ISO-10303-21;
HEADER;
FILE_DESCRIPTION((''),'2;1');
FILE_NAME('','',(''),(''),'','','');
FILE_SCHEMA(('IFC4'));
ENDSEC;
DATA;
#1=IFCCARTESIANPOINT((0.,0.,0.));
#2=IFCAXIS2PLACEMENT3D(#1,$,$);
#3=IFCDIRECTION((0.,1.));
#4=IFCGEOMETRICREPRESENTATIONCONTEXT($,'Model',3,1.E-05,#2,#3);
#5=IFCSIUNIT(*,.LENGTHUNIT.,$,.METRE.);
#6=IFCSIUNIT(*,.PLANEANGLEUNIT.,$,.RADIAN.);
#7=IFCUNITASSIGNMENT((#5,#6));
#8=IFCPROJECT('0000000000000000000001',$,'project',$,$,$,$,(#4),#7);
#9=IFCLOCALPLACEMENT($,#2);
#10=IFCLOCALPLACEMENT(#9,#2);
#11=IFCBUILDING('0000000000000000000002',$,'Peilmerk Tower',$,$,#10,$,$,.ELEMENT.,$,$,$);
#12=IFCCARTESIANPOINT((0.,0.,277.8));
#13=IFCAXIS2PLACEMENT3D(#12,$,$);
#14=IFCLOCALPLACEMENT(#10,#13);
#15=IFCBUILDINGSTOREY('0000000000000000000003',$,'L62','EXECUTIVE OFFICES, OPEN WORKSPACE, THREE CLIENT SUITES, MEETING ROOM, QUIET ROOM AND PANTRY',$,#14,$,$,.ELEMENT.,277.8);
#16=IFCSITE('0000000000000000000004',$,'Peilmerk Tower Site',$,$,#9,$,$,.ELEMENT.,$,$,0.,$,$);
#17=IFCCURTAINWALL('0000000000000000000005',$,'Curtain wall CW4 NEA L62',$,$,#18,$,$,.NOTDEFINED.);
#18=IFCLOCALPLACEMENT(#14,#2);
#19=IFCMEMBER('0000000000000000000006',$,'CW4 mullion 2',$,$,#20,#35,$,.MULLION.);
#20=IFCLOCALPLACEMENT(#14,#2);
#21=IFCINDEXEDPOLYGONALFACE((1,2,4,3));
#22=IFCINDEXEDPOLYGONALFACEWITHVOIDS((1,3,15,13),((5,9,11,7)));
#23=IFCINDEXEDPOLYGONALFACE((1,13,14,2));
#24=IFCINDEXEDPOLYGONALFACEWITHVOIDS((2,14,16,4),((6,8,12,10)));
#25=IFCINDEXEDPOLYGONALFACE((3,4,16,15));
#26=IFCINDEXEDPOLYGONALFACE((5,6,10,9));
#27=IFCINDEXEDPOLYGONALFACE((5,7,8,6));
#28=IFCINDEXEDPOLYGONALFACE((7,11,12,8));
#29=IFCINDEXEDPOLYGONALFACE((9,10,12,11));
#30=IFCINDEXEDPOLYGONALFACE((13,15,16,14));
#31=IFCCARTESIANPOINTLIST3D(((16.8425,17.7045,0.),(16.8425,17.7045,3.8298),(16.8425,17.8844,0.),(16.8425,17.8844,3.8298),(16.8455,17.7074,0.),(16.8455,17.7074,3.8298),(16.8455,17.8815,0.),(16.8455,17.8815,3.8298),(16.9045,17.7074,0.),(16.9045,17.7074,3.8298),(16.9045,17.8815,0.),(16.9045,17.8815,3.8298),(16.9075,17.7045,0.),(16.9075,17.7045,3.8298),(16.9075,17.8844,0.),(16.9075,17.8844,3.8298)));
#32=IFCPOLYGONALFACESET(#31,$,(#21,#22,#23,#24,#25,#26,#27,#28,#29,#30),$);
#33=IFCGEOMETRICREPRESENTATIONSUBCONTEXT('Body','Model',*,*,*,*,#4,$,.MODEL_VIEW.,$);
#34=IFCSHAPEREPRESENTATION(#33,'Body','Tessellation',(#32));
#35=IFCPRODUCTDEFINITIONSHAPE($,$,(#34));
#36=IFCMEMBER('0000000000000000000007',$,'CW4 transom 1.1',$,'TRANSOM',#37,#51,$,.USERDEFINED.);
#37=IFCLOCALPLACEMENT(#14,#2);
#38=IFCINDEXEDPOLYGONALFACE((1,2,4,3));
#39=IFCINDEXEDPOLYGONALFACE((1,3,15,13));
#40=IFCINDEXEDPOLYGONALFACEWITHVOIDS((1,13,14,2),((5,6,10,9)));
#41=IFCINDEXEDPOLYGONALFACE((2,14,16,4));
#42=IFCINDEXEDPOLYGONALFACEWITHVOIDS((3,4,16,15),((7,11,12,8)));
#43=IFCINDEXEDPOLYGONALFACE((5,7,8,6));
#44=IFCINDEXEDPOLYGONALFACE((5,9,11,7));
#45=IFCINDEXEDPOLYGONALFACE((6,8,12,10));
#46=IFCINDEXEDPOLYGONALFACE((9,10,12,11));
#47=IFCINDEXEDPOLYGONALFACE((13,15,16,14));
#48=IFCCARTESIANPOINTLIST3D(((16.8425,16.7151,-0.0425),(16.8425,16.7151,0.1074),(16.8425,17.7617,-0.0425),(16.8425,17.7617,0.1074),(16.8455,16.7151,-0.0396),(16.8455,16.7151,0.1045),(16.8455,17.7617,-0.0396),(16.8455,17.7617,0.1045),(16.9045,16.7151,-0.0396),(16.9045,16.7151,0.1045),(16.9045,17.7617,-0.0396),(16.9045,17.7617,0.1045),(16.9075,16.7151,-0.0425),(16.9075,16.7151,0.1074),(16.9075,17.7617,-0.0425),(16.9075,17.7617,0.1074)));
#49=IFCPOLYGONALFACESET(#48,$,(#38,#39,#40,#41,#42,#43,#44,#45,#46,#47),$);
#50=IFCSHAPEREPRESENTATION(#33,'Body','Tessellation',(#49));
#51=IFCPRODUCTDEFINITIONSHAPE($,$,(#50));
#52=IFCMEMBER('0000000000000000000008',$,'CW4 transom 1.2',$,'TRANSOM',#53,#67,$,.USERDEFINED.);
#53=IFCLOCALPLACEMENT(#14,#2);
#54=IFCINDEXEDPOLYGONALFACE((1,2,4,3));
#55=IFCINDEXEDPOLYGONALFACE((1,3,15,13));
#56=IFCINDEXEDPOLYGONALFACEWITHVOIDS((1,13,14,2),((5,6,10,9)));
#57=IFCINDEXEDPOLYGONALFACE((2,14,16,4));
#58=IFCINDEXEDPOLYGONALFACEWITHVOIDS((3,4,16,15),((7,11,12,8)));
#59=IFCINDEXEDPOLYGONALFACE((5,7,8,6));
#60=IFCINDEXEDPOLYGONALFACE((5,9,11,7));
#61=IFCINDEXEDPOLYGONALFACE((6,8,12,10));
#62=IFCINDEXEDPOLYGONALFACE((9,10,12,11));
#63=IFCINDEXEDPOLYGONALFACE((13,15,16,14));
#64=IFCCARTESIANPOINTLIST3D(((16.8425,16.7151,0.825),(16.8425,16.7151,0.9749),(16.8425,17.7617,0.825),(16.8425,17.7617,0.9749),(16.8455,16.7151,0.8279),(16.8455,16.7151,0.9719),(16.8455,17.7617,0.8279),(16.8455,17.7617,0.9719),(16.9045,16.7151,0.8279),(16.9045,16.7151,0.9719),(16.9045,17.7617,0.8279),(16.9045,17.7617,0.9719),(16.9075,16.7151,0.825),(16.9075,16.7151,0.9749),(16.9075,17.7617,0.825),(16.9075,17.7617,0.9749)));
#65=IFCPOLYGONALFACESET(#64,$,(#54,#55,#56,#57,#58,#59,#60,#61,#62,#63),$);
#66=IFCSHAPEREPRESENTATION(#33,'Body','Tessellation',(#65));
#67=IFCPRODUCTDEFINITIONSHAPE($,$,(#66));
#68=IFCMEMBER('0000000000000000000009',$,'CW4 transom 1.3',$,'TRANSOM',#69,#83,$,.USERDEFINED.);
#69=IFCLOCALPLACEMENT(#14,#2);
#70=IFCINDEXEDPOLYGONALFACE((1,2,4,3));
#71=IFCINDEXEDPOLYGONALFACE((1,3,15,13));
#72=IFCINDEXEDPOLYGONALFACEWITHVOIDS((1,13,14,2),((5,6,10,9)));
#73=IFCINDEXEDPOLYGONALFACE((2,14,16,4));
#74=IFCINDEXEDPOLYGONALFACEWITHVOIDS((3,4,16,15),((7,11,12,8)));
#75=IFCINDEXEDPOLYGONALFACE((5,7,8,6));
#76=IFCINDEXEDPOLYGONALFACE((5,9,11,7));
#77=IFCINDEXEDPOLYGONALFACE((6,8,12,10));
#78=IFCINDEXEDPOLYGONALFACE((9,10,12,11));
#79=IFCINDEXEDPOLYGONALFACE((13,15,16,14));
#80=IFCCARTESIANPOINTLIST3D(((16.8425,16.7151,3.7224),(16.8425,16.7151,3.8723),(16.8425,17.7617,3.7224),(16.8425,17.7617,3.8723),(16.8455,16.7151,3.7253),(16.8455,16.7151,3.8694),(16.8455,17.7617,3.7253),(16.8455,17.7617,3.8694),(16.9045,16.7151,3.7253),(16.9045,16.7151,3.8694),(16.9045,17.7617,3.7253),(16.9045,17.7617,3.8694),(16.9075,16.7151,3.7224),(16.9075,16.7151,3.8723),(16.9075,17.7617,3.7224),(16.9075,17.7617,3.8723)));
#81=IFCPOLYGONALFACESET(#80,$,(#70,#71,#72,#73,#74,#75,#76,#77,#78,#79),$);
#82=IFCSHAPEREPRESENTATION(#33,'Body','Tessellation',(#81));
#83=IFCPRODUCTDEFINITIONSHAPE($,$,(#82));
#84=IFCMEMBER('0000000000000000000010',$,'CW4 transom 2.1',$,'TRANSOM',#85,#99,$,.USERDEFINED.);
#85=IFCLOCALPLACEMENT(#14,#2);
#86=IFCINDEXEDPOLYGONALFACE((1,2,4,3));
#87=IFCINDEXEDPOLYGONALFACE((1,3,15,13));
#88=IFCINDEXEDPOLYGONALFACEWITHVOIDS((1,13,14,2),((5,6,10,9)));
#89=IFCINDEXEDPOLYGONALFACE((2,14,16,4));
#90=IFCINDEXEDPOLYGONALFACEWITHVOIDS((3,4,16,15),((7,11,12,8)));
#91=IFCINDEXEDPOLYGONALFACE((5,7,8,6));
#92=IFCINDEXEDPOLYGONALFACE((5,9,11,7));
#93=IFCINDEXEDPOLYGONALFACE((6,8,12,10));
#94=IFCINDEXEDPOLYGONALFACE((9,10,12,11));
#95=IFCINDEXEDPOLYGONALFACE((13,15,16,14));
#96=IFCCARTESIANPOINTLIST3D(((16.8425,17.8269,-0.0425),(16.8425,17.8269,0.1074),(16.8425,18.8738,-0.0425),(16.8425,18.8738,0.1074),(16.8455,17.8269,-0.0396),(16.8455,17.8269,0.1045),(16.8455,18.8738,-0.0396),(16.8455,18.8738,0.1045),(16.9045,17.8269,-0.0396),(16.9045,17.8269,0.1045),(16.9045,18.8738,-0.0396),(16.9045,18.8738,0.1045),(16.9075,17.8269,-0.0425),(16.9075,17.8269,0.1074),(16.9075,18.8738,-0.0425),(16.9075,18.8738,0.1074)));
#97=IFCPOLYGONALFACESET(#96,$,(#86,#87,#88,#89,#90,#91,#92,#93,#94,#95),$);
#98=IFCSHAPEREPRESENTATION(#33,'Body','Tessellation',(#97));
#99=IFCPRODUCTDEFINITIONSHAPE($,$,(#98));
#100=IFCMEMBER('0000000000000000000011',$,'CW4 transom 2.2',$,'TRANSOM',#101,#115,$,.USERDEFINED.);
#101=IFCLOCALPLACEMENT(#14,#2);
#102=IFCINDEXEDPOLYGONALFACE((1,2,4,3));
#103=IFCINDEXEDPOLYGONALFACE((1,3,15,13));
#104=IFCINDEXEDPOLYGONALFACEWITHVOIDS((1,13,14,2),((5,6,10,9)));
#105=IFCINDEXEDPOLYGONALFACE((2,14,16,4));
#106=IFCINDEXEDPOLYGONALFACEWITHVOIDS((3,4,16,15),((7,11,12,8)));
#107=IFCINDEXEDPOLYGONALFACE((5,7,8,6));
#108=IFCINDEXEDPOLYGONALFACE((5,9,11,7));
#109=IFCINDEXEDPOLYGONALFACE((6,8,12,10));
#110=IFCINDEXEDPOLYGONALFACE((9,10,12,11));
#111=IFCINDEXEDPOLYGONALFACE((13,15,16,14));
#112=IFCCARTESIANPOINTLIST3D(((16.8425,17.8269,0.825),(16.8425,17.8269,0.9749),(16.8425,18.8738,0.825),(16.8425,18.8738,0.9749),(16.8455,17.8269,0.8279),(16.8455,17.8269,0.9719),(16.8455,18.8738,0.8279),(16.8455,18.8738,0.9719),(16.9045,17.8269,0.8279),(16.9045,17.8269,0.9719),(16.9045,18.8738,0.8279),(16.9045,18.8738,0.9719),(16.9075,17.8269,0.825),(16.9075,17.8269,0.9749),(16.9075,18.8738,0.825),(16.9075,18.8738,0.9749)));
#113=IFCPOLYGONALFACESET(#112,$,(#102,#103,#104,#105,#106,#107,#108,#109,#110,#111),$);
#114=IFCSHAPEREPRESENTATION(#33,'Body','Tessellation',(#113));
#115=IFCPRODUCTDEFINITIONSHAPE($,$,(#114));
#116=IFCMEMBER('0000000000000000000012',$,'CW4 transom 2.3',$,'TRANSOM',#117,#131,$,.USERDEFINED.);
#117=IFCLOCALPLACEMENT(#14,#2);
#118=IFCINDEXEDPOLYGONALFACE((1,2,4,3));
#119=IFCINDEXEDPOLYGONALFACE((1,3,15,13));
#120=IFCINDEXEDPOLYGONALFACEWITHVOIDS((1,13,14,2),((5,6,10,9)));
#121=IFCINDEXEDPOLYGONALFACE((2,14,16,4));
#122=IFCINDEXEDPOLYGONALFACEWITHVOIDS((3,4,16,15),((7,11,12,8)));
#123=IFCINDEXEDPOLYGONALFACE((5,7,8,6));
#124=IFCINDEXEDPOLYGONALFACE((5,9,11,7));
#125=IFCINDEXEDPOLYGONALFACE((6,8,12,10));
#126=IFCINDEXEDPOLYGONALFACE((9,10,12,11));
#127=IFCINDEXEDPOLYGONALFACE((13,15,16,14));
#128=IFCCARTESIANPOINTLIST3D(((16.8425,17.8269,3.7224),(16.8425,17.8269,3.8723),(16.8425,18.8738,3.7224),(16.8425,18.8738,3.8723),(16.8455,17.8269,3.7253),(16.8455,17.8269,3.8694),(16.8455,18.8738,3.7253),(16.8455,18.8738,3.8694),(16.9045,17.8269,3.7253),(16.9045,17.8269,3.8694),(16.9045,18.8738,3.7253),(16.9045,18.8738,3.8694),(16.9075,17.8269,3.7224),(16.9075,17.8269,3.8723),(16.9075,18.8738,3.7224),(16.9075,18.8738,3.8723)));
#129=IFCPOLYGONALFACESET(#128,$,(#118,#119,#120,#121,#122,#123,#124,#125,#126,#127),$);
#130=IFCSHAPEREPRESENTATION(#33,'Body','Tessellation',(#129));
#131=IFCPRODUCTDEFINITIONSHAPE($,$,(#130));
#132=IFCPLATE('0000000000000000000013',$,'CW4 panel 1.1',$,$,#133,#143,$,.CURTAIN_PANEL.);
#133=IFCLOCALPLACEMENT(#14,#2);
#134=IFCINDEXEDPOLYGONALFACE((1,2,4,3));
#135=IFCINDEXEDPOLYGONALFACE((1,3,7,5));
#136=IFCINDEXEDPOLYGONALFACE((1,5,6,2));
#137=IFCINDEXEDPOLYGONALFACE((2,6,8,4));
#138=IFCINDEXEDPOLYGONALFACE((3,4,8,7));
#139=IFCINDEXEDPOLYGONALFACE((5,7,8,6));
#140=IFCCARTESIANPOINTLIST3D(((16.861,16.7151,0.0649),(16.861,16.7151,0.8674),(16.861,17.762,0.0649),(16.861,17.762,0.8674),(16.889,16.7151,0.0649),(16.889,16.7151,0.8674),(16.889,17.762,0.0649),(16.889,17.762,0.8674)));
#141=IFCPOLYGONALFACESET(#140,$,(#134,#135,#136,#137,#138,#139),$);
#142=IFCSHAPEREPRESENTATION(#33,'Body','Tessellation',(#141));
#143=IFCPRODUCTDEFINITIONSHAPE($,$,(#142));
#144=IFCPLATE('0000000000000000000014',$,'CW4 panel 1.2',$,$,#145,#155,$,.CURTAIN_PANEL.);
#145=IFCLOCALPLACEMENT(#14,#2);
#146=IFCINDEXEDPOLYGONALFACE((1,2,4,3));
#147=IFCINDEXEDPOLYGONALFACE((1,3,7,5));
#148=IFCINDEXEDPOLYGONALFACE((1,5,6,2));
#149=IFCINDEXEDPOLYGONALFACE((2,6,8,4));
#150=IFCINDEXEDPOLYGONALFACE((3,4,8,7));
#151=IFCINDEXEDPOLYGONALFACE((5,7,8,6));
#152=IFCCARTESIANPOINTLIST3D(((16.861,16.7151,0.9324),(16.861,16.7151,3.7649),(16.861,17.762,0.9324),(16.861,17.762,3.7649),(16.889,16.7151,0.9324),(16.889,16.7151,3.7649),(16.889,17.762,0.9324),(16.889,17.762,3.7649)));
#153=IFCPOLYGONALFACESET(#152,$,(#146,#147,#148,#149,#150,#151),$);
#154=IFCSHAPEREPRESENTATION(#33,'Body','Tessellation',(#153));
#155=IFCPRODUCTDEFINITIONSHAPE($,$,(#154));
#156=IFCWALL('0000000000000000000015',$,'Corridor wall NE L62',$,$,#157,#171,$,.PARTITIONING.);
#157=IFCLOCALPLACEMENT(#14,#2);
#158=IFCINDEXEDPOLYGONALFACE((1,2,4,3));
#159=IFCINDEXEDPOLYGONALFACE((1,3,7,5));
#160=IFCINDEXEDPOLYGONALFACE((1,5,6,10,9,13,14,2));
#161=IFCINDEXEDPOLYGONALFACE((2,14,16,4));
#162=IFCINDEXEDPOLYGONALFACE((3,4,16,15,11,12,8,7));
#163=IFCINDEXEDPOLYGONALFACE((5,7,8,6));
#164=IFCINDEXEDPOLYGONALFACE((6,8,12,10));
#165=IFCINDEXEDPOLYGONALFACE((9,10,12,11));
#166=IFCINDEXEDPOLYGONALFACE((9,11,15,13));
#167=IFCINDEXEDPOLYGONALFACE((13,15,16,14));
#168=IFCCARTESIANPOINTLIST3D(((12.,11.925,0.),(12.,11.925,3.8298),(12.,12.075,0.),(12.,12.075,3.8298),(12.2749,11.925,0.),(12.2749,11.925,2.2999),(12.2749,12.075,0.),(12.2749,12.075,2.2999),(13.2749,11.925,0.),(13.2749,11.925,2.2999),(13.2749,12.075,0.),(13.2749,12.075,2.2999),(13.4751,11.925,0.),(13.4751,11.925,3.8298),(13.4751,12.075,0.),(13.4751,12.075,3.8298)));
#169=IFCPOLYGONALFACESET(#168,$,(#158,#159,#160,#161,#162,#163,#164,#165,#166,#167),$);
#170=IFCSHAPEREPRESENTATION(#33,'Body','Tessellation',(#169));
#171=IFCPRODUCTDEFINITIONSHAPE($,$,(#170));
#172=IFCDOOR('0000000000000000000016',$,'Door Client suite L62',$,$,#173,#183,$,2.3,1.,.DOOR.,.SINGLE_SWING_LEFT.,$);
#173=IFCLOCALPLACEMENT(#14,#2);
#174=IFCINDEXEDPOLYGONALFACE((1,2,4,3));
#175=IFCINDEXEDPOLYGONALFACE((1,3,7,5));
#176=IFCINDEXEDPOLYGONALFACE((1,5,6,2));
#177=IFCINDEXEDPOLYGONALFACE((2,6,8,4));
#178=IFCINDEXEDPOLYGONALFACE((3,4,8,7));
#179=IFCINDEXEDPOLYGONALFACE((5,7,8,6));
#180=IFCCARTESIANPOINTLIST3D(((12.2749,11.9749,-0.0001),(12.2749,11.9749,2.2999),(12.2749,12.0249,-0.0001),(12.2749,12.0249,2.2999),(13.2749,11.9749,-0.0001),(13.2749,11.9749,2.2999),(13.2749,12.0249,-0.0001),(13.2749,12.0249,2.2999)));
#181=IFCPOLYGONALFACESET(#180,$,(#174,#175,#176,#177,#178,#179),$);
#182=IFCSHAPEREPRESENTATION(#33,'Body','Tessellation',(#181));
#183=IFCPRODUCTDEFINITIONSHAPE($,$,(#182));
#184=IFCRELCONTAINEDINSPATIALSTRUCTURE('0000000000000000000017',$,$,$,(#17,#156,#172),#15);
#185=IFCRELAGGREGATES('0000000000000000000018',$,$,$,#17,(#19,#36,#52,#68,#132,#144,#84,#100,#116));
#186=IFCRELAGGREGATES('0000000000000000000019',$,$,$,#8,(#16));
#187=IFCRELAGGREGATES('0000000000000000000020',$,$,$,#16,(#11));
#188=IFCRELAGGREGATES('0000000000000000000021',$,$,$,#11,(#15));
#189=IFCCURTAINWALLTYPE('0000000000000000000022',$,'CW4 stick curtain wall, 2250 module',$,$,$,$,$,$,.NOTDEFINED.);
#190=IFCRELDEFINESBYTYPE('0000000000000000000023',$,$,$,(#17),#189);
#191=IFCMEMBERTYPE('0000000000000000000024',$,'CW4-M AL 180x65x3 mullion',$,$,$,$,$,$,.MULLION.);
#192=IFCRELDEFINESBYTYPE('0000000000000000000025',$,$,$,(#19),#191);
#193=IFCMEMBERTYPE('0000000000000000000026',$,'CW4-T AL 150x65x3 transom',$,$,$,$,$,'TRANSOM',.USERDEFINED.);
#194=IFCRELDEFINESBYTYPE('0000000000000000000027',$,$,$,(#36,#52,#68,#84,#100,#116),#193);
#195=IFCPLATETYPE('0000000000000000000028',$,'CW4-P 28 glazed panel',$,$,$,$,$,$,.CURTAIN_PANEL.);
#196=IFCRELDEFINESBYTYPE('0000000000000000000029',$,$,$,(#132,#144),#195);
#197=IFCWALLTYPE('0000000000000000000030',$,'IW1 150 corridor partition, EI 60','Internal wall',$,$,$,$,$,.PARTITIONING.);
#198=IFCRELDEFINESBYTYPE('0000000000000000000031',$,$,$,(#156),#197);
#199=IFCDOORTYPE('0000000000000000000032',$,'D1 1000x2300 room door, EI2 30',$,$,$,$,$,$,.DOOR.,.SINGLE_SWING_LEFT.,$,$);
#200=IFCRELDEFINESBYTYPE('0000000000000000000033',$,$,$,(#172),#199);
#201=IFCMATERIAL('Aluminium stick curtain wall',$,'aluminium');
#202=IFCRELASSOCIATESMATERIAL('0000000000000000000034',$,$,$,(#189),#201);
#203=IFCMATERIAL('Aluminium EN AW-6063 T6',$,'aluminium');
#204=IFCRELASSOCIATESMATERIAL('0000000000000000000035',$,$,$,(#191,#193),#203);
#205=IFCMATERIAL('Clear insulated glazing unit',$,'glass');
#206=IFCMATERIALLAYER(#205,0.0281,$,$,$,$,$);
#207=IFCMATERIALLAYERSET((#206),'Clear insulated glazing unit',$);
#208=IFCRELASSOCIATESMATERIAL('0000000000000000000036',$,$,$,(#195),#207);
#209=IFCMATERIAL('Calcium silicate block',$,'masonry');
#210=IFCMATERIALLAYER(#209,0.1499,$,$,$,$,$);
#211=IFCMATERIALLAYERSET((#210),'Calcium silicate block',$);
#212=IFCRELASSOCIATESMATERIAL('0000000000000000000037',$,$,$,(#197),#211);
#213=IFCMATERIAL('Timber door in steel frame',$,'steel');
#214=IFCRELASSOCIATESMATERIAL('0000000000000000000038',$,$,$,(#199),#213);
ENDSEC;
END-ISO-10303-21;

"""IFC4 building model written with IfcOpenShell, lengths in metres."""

from ifc_helpers import new_model, si_unit, direction, frame, frame_2d, origin, origin_2d, place, context, subcontext, project, spatial, rectangle, hollow_rectangle, extrude, material, layer, layer_set, material_profile, profile_set, type_object, element, fill, aggregate, save


model = new_model("IFC4")

# Units and contexts
model_context = context("Model", 3, precision=1e-05, world=origin(), true_north=direction((0.0, 1.0)))
body_context = subcontext(model_context, "Body", "Model", "MODEL_VIEW")
ifc_project = project(units=[si_unit("LENGTHUNIT", "METRE"), si_unit("PLANEANGLEUNIT", "RADIAN")], contexts=[model_context])

# Site, building, storey
site_placement = place(None, origin())
site = spatial("IfcSite", under=ifc_project, at=site_placement, Name="Peilmerk Tower Site", CompositionType="ELEMENT", RefElevation=0.0)
building_placement = place(site_placement, origin())
building = spatial("IfcBuilding", under=site, at=building_placement, Name="Peilmerk Tower", CompositionType="ELEMENT")
storey_placement = place(building_placement, frame((0.0, 0.0, 277.8)))
storey = spatial("IfcBuildingStorey", under=building, at=storey_placement, Name="L62", Description="EXECUTIVE OFFICES, OPEN WORKSPACE, THREE CLIENT SUITES, MEETING ROOM, QUIET ROOM AND PANTRY", CompositionType="ELEMENT", Elevation=277.8)

# Curtain wall, members, plates
ifc_material_1 = material(Name="Aluminium stick curtain wall", Category="aluminium")
curtain_wall_type = type_object("IfcCurtainWallType", Name="CW4 stick curtain wall, 2250 module", PredefinedType="NOTDEFINED", material=ifc_material_1)
curtain_wall_placement = place(storey_placement, origin())
curtain_wall = element("IfcCurtainWall", 1, at=curtain_wall_placement, inside=storey, type_object=curtain_wall_type, Name="Curtain wall CW4 NEA L62", PredefinedType="NOTDEFINED")
ifc_material_2 = material(Name="Aluminium EN AW-6063 T6", Category="aluminium")
ifc_material_profile_1 = material_profile(ifc_material_2, hollow_rectangle(XDim=0.0649, YDim=0.1799, WallThickness=0.0029, at=origin_2d()), Name="AL 180x65x3")
ifc_profile_set_1 = profile_set([ifc_material_profile_1], Name="Aluminium EN AW-6063 T6")
member_type_1 = type_object("IfcMemberType", Name="CW4-M AL 180x65x3 mullion", PredefinedType="MULLION", material=ifc_profile_set_1)
member_1_placement = place(storey_placement, frame((16.875, 17.7944, 0.0), z_axis=(0.0, 0.0, 1.0), x_axis=(-1.0, 0.0, 0.0)))
member_1 = element("IfcMember", 2, at=member_1_placement, type_object=member_type_1, Name="CW4 mullion 2", PredefinedType="MULLION", context=body_context, shape_type="SweptSolid", body=[
    extrude(hollow_rectangle(XDim=0.0649, YDim=0.1799, WallThickness=0.0029, at=origin_2d()), origin(), (0.0, 0.0, 1.0), 3.8298),
])
ifc_material_profile_2 = material_profile(ifc_material_2, hollow_rectangle(XDim=0.0649, YDim=0.1499, WallThickness=0.0029, at=origin_2d()), Name="AL 150x65x3")
ifc_profile_set_2 = profile_set([ifc_material_profile_2], Name="Aluminium EN AW-6063 T6")
member_type_2 = type_object("IfcMemberType", Name="CW4-T AL 150x65x3 transom", ElementType="TRANSOM", PredefinedType="USERDEFINED", material=ifc_profile_set_2)
member_2_placement = place(storey_placement, frame((16.875, 16.7151, 0.0325), z_axis=(0.0, 1.0, 0.0), x_axis=(-1.0, 0.0, 0.0)))
member_2 = element("IfcMember", 3, at=member_2_placement, type_object=member_type_2, Name="CW4 transom 1.1", ObjectType="TRANSOM", PredefinedType="USERDEFINED", context=body_context, shape_type="SweptSolid", body=[
    extrude(hollow_rectangle(XDim=0.0649, YDim=0.1499, WallThickness=0.0029, at=origin_2d()), origin(), (0.0, 0.0, 1.0), 1.0466),
])
member_3_placement = place(storey_placement, frame((16.875, 16.7151, 0.8999), z_axis=(0.0, 1.0, 0.0), x_axis=(-1.0, 0.0, 0.0)))
member_3 = element("IfcMember", 4, at=member_3_placement, type_object=member_type_2, Name="CW4 transom 1.2", ObjectType="TRANSOM", PredefinedType="USERDEFINED", context=body_context, shape_type="SweptSolid", body=[
    extrude(hollow_rectangle(XDim=0.0649, YDim=0.1499, WallThickness=0.0029, at=origin_2d()), origin(), (0.0, 0.0, 1.0), 1.0466),
])
member_4_placement = place(storey_placement, frame((16.875, 16.7151, 3.7974), z_axis=(0.0, 1.0, 0.0), x_axis=(-1.0, 0.0, 0.0)))
member_4 = element("IfcMember", 5, at=member_4_placement, type_object=member_type_2, Name="CW4 transom 1.3", ObjectType="TRANSOM", PredefinedType="USERDEFINED", context=body_context, shape_type="SweptSolid", body=[
    extrude(hollow_rectangle(XDim=0.0649, YDim=0.1499, WallThickness=0.0029, at=origin_2d()), origin(), (0.0, 0.0, 1.0), 1.0466),
])
member_5_placement = place(storey_placement, frame((16.875, 17.8269, 0.0325), z_axis=(0.0, 1.0, 0.0), x_axis=(-1.0, 0.0, 0.0)))
member_5 = element("IfcMember", 6, at=member_5_placement, type_object=member_type_2, Name="CW4 transom 2.1", ObjectType="TRANSOM", PredefinedType="USERDEFINED", context=body_context, shape_type="SweptSolid", body=[
    extrude(hollow_rectangle(XDim=0.0649, YDim=0.1499, WallThickness=0.0029, at=origin_2d()), origin(), (0.0, 0.0, 1.0), 1.0469),
])
member_6_placement = place(storey_placement, frame((16.875, 17.8269, 0.8999), z_axis=(0.0, 1.0, 0.0), x_axis=(-1.0, 0.0, 0.0)))
member_6 = element("IfcMember", 7, at=member_6_placement, type_object=member_type_2, Name="CW4 transom 2.2", ObjectType="TRANSOM", PredefinedType="USERDEFINED", context=body_context, shape_type="SweptSolid", body=[
    extrude(hollow_rectangle(XDim=0.0649, YDim=0.1499, WallThickness=0.0029, at=origin_2d()), origin(), (0.0, 0.0, 1.0), 1.0469),
])
member_7_placement = place(storey_placement, frame((16.875, 17.8269, 3.7974), z_axis=(0.0, 1.0, 0.0), x_axis=(-1.0, 0.0, 0.0)))
member_7 = element("IfcMember", 8, at=member_7_placement, type_object=member_type_2, Name="CW4 transom 2.3", ObjectType="TRANSOM", PredefinedType="USERDEFINED", context=body_context, shape_type="SweptSolid", body=[
    extrude(hollow_rectangle(XDim=0.0649, YDim=0.1499, WallThickness=0.0029, at=origin_2d()), origin(), (0.0, 0.0, 1.0), 1.0469),
])
ifc_material_3 = material(Name="Clear insulated glazing unit", Category="glass")
ifc_layer_1 = layer(ifc_material_3, 0.0281)
ifc_layer_set_1 = layer_set([ifc_layer_1], Name="Clear insulated glazing unit")
plate_type = type_object("IfcPlateType", Name="CW4-P 28 glazed panel", PredefinedType="CURTAIN_PANEL", material=ifc_layer_set_1)
plate_1_placement = place(storey_placement, frame((16.875, 17.2385, 0.0649), z_axis=(0.0, 0.0, 1.0), x_axis=(0.0, 1.0, 0.0)))
plate_1 = element("IfcPlate", 9, at=plate_1_placement, type_object=plate_type, Name="CW4 panel 1.1", PredefinedType="CURTAIN_PANEL", context=body_context, shape_type="SweptSolid", body=[
    extrude(rectangle(XDim=1.0469, YDim=0.0281, at=origin_2d()), origin(), (0.0, 0.0, 1.0), 0.8025),
])
plate_2_placement = place(storey_placement, frame((16.875, 17.2385, 0.9324), z_axis=(0.0, 0.0, 1.0), x_axis=(0.0, 1.0, 0.0)))
plate_2 = element("IfcPlate", 10, at=plate_2_placement, type_object=plate_type, Name="CW4 panel 1.2", PredefinedType="CURTAIN_PANEL", context=body_context, shape_type="SweptSolid", body=[
    extrude(rectangle(XDim=1.0469, YDim=0.0281, at=origin_2d()), origin(), (0.0, 0.0, 1.0), 2.8325),
])
aggregate(curtain_wall, [member_1, member_2, member_3, member_4, plate_1, plate_2, member_5, member_6, member_7])

# Wall, opening, door
ifc_material_4 = material(Name="Calcium silicate block", Category="masonry")
ifc_layer_2 = layer(ifc_material_4, 0.1499)
ifc_layer_set_2 = layer_set([ifc_layer_2], Name="Calcium silicate block")
wall_type_1 = type_object("IfcWallType", Name="IW1 150 corridor partition, EI 60", Description="Internal wall", PredefinedType="PARTITIONING", material=ifc_layer_set_2)
wall_1_placement = place(storey_placement, frame((12.0, 12.0, 0.0), z_axis=(0.0, 0.0, 1.0), x_axis=(1.0, 0.0, 0.0)))
wall_1 = element("IfcWall", 11, at=wall_1_placement, inside=storey, type_object=wall_type_1, Name="Corridor wall NE L62", PredefinedType="PARTITIONING", context=body_context, shape_type="SweptSolid", body=[
    extrude(rectangle(XDim=1.4751, YDim=0.1499, at=frame_2d((0.7375, 0.0))), origin(), (0.0, 0.0, 1.0), 3.8298),
])
opening_placement = place(wall_1_placement, frame((0.2749, 0.0, 0.0)))
opening = element("IfcOpeningElement", 12, at=opening_placement, cuts=wall_1, PredefinedType="OPENING", context=body_context, shape_type="SweptSolid", body=[
    extrude(rectangle(XDim=1.0, YDim=2.3, at=frame_2d((0.5, 1.1499))), frame((0.0, 0.085, 0.0), z_axis=(0.0, -1.0, 0.0), x_axis=(1.0, 0.0, 0.0)), (0.0, 0.0, 1.0), 0.1699),
])
ifc_material_5 = material(Name="Timber door in steel frame", Category="steel")
door_type = type_object("IfcDoorType", Name="D1 1000x2300 room door, EI2 30", OperationType="SINGLE_SWING_LEFT", PredefinedType="DOOR", material=ifc_material_5)
door_placement = place(opening_placement, origin())
door = element("IfcDoor", 13, at=door_placement, inside=storey, type_object=door_type, Name="Door Client suite L62", OperationType="SINGLE_SWING_LEFT", OverallHeight=2.3, OverallWidth=1.0, PredefinedType="DOOR", context=body_context, shape_type="SweptSolid", body=[
    extrude(rectangle(XDim=1.0, YDim=2.3, at=frame_2d((0.5, 1.1499))), frame((0.0, 0.0249, 0.0), z_axis=(0.0, -1.0, 0.0), x_axis=(1.0, 0.0, 0.0)), (0.0, 0.0, 1.0), 0.05),
])
fill(opening, door)

save(model, "model.ifc")
